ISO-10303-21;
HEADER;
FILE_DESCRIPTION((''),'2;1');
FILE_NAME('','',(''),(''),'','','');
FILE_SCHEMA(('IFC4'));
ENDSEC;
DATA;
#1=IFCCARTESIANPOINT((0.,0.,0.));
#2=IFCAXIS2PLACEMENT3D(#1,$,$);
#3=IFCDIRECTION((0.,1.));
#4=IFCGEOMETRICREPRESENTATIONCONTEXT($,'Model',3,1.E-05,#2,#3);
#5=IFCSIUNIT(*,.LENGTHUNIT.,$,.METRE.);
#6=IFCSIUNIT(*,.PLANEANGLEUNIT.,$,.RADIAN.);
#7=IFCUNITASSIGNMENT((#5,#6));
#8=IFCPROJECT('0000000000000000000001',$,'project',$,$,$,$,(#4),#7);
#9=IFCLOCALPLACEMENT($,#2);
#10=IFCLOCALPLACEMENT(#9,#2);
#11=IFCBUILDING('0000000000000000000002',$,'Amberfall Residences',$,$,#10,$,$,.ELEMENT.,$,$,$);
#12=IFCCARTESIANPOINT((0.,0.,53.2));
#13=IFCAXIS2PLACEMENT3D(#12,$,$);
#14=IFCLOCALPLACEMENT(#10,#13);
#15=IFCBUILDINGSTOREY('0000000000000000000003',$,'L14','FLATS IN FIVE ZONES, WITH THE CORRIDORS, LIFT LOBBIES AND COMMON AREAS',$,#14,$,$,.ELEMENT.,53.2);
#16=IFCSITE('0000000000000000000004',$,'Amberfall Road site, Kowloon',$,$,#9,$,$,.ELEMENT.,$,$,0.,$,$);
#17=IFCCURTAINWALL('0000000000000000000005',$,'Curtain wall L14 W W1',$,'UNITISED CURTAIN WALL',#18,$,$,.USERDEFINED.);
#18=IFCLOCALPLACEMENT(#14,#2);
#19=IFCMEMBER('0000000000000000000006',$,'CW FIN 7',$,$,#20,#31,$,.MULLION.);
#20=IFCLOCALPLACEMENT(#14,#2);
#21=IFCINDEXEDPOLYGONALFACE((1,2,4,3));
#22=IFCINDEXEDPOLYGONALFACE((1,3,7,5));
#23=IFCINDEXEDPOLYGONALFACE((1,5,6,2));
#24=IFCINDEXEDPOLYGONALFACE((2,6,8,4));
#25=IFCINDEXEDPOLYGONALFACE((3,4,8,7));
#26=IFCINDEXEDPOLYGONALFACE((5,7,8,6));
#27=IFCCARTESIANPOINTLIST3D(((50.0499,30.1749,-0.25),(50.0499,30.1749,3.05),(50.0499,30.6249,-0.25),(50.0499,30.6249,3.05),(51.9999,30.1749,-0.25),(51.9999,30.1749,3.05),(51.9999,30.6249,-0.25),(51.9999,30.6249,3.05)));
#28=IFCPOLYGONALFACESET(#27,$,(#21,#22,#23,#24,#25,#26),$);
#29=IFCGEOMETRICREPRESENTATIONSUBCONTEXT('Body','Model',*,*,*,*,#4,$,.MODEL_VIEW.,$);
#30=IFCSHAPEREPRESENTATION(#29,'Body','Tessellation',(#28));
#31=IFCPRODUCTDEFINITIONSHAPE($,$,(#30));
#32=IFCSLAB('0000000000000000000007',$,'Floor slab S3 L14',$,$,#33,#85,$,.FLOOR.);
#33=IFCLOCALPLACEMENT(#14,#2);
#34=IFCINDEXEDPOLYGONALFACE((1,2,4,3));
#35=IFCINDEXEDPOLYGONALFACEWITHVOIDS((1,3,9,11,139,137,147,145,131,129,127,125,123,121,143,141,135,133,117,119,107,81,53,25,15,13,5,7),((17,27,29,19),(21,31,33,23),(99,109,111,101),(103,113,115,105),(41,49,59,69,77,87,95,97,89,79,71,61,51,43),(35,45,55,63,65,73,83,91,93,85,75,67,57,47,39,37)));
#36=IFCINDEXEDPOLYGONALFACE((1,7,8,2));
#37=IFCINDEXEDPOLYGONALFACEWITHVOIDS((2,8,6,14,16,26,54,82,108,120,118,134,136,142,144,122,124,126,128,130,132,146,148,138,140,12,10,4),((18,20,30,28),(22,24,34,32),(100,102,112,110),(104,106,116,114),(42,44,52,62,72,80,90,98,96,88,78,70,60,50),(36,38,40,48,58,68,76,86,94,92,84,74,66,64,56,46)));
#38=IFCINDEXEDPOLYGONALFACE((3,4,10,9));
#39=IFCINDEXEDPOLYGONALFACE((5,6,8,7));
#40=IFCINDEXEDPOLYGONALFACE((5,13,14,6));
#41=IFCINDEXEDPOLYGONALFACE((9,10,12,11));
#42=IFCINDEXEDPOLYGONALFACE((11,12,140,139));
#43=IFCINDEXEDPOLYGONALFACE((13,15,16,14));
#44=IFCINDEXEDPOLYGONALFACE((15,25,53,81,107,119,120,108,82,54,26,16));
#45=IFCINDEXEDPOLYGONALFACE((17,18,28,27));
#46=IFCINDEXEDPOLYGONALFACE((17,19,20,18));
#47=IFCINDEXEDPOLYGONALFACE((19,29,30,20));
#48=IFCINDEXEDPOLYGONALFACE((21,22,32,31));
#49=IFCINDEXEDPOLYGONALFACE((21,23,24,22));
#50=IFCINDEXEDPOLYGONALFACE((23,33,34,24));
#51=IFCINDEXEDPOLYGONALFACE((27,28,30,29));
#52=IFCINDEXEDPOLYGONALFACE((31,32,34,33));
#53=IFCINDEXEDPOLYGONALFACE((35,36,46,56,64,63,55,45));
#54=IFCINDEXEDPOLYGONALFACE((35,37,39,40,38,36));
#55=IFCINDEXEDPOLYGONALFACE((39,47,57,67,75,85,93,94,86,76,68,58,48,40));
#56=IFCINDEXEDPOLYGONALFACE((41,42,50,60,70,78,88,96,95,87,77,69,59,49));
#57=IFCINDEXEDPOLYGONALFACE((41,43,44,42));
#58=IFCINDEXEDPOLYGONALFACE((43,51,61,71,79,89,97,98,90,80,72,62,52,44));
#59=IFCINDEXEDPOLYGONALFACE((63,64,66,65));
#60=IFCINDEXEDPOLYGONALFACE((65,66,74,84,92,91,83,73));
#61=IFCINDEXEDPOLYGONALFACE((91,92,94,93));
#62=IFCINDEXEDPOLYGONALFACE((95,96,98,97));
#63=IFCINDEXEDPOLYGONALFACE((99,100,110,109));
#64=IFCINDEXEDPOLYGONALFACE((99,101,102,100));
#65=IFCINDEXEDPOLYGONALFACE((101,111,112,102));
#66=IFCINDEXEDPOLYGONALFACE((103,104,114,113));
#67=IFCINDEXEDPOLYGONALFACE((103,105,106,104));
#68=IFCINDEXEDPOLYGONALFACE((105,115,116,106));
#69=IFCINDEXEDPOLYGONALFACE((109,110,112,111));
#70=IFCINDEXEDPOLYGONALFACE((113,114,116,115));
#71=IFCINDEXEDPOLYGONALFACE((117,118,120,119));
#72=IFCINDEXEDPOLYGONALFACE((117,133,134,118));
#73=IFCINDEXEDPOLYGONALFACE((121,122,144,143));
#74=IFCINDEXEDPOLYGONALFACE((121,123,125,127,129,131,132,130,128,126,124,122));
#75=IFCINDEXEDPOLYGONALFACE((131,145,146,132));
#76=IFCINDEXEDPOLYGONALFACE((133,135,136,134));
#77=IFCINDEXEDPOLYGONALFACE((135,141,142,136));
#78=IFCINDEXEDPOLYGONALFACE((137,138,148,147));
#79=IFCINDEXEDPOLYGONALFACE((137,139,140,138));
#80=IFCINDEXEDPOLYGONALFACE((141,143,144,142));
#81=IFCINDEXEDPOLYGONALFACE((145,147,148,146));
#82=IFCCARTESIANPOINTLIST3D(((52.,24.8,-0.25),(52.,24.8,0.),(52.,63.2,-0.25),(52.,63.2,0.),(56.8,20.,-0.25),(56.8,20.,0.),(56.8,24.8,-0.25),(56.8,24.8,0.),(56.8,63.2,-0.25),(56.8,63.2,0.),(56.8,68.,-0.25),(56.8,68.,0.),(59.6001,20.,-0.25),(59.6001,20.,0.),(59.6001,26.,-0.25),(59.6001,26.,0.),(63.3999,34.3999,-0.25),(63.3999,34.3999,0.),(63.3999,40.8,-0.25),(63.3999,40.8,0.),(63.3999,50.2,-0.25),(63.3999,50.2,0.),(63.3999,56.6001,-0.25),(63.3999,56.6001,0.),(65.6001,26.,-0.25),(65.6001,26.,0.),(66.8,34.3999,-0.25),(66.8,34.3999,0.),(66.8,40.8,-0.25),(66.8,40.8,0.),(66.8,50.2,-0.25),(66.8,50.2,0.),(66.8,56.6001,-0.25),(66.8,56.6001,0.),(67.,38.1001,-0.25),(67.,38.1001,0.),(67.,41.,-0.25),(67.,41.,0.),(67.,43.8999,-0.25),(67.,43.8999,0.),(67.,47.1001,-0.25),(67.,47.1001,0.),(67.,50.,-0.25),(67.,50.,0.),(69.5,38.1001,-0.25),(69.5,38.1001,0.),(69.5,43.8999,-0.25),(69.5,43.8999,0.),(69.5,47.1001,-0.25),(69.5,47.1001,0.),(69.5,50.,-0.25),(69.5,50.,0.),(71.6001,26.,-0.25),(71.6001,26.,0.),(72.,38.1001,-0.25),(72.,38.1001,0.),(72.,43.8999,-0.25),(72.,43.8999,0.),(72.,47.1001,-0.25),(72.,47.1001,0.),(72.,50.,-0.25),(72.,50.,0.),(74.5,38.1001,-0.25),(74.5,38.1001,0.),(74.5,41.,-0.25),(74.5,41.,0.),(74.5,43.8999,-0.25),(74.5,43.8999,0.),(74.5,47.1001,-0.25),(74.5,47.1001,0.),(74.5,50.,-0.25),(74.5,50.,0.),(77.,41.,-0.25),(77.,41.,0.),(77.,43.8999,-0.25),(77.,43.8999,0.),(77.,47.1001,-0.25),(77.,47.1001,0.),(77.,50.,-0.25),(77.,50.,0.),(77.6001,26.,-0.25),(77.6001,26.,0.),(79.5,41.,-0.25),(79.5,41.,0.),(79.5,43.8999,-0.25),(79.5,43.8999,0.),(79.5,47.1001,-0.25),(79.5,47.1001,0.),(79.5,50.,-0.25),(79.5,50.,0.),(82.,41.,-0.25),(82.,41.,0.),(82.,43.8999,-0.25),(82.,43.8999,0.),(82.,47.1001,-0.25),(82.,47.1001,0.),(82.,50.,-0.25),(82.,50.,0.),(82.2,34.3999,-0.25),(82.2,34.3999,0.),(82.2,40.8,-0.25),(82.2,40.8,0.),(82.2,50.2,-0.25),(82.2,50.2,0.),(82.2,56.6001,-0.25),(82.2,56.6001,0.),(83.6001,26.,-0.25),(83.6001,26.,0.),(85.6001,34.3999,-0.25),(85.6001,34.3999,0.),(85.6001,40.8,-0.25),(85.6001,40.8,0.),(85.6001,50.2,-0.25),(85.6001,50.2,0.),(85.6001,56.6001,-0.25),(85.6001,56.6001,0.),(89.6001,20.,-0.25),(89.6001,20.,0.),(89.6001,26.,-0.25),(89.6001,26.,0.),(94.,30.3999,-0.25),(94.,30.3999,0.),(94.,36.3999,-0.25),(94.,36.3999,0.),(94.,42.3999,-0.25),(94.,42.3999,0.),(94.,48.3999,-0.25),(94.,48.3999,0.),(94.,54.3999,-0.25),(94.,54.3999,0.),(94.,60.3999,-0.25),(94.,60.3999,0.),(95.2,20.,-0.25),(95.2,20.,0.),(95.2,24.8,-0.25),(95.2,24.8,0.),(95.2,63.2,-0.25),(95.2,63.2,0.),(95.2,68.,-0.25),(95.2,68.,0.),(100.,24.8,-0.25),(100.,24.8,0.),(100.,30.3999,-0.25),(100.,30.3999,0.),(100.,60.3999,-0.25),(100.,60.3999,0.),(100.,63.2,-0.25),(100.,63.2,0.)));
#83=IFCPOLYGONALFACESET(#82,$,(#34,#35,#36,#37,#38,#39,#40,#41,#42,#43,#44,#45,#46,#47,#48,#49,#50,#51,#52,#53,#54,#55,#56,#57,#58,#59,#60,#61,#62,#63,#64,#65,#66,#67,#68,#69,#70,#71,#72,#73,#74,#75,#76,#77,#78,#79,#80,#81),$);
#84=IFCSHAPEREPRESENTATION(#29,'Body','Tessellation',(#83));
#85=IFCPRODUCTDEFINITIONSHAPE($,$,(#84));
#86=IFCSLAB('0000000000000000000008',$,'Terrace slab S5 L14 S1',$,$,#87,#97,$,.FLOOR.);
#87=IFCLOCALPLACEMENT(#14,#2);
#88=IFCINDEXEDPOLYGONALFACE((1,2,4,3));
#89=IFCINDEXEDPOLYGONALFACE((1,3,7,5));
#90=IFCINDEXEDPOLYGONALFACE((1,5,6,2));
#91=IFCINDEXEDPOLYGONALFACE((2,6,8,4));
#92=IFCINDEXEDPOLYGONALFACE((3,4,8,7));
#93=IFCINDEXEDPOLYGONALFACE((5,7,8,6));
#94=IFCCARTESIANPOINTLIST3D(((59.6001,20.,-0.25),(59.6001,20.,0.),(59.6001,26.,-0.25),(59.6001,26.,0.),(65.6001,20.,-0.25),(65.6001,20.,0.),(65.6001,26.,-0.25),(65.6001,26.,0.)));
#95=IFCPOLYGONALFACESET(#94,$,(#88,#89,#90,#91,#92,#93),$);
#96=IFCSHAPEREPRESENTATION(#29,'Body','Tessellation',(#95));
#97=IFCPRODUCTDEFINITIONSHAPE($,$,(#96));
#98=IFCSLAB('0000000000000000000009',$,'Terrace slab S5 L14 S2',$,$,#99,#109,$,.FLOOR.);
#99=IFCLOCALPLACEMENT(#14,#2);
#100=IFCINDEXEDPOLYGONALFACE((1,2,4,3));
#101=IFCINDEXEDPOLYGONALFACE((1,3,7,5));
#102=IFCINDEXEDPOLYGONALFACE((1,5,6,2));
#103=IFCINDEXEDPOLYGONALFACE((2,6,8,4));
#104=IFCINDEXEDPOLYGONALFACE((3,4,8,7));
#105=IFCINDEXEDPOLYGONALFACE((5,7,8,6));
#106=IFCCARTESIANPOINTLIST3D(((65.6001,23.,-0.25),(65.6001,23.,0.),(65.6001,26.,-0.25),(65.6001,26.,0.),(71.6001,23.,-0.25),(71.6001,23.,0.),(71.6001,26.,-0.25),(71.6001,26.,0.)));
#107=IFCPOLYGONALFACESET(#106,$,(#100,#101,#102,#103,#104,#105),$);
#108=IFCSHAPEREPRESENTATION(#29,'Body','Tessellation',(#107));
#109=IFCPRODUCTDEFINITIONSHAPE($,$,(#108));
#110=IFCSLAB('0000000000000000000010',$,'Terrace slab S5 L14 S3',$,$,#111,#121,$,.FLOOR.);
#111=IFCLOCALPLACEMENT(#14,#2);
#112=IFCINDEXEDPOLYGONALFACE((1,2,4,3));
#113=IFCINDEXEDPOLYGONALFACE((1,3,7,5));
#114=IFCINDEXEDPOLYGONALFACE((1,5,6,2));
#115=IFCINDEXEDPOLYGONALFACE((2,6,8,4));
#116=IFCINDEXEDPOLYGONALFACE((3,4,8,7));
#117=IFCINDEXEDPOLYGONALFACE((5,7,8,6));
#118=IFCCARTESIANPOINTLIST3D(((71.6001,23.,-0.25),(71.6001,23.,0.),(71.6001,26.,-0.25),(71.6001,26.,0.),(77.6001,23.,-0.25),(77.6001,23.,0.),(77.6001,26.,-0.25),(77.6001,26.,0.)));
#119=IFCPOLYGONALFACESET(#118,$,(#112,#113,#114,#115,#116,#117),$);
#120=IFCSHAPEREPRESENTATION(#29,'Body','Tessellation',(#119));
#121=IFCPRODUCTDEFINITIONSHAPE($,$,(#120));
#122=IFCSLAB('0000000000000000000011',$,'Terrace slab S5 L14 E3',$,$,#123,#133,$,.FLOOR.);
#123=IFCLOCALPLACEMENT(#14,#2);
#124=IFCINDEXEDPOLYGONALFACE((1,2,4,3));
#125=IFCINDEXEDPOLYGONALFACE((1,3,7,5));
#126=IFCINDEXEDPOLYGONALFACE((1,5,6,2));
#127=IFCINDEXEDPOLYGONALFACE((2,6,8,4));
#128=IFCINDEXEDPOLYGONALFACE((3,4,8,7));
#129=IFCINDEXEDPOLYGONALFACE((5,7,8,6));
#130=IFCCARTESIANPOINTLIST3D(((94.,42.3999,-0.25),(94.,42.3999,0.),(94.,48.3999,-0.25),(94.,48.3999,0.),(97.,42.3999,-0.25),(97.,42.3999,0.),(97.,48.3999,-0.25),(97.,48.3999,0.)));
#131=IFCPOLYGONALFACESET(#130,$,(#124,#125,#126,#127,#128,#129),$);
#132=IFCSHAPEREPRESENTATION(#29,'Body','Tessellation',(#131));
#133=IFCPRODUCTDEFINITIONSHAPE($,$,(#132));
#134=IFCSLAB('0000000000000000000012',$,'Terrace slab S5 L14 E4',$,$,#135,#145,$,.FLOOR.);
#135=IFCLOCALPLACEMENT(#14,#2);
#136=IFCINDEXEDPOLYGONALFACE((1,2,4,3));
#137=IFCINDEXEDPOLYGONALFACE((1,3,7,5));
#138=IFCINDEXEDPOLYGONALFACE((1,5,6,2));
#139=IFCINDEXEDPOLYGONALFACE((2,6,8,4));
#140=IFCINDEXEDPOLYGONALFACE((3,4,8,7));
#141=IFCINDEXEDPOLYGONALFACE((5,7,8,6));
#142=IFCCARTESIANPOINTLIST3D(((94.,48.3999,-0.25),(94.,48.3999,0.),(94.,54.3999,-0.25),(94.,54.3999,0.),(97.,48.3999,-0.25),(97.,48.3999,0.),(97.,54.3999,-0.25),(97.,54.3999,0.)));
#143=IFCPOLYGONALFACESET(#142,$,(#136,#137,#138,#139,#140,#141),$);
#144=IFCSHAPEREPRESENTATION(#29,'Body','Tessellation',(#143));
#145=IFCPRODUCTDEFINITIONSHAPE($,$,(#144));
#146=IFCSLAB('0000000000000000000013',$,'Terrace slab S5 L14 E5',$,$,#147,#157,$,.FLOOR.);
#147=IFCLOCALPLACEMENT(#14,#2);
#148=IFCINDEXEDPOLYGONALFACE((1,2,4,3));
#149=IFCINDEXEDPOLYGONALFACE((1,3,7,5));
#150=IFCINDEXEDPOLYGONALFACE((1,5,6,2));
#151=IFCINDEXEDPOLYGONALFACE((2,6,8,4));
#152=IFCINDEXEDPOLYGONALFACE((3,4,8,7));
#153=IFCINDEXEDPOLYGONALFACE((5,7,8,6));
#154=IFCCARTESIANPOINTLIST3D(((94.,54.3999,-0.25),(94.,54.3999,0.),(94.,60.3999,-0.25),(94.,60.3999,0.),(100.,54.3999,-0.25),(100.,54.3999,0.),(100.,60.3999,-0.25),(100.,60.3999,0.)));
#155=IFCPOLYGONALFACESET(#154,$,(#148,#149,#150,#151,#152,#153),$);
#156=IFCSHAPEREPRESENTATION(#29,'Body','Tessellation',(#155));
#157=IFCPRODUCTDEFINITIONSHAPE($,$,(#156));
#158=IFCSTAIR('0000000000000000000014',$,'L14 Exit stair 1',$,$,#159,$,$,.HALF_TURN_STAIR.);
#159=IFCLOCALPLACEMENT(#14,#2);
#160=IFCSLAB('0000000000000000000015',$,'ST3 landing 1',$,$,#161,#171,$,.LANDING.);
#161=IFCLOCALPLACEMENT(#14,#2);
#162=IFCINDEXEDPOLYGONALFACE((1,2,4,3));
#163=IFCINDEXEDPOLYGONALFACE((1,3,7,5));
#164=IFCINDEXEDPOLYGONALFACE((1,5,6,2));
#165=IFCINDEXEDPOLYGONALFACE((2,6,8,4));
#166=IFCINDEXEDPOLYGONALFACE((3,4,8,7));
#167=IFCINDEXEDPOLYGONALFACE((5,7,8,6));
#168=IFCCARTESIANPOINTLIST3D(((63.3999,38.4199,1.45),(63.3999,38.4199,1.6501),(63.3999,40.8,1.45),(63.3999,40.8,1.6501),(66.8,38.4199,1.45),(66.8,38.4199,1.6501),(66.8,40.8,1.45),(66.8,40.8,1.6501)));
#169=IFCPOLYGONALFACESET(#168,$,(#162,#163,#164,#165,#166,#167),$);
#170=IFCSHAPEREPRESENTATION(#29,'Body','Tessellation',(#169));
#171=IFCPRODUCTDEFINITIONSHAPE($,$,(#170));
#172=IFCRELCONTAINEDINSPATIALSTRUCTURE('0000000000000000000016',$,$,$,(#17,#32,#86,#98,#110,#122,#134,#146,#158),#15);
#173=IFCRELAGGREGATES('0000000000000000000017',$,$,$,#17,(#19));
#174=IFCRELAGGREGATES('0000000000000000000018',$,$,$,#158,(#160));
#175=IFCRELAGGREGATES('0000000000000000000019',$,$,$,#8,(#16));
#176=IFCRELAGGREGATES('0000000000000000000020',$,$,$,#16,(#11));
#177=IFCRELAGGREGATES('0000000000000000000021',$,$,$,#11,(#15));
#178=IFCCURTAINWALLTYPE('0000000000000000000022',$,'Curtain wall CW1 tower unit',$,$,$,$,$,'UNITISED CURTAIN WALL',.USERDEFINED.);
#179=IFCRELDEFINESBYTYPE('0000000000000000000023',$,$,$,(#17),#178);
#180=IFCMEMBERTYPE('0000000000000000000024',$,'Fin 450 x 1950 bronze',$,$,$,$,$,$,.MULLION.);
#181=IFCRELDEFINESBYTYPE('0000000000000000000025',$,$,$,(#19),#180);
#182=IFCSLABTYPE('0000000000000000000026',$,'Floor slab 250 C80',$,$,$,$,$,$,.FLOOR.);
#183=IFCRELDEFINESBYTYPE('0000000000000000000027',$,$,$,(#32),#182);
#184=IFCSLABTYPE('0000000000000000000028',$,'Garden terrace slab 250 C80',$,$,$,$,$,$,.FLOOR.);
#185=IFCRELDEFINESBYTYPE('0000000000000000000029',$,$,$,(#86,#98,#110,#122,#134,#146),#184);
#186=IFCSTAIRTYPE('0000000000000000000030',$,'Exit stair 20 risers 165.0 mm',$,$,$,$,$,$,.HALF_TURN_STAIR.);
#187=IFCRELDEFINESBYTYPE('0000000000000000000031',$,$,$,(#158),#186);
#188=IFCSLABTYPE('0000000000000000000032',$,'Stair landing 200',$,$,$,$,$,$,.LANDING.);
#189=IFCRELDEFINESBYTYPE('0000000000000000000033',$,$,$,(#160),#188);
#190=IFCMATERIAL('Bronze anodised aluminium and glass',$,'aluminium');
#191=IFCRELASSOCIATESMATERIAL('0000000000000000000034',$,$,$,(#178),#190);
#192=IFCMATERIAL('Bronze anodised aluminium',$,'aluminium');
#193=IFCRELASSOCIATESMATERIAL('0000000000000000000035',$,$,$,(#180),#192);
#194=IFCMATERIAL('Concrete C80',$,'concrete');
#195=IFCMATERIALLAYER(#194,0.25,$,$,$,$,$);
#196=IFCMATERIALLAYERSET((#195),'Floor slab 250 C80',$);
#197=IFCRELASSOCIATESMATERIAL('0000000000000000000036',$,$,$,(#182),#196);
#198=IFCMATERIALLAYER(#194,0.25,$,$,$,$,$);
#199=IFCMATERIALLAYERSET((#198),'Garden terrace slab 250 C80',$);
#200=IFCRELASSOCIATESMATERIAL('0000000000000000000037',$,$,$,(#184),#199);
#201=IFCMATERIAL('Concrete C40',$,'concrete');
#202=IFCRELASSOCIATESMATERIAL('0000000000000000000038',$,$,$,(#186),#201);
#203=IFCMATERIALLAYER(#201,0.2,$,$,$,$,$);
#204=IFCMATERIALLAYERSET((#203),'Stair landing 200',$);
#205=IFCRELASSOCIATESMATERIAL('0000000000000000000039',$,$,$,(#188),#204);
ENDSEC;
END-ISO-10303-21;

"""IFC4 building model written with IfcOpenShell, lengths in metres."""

from ifc_helpers import new_model, si_unit, direction, frame, origin, origin_2d, place, context, subcontext, project, spatial, polyline, rectangle, outline, extrude, material, layer, layer_set, material_profile, profile_set, type_object, element, aggregate, save


model = new_model("IFC4")

# Units and contexts
model_context = context("Model", 3, precision=1e-05, world=origin(), true_north=direction((0.0, 1.0)))
body_context = subcontext(model_context, "Body", "Model", "MODEL_VIEW")
ifc_project = project(units=[si_unit("LENGTHUNIT", "METRE"), si_unit("PLANEANGLEUNIT", "RADIAN")], contexts=[model_context])

# Site, building, storey
site_placement = place(None, origin())
site = spatial("IfcSite", under=ifc_project, at=site_placement, Name="Amberfall Road site, Kowloon", CompositionType="ELEMENT", RefElevation=0.0)
building_placement = place(site_placement, origin())
building = spatial("IfcBuilding", under=site, at=building_placement, Name="Amberfall Residences", CompositionType="ELEMENT")
storey_placement = place(building_placement, frame((0.0, 0.0, 53.2)))
storey = spatial("IfcBuildingStorey", under=building, at=storey_placement, Name="L14", Description="FLATS IN FIVE ZONES, WITH THE CORRIDORS, LIFT LOBBIES AND COMMON AREAS", CompositionType="ELEMENT", Elevation=53.2)

# Curtain wall, member
ifc_material_1 = material(Name="Bronze anodised aluminium and glass", Category="aluminium")
curtain_wall_type = type_object("IfcCurtainWallType", Name="Curtain wall CW1 tower unit", ElementType="UNITISED CURTAIN WALL", PredefinedType="USERDEFINED", material=ifc_material_1)
curtain_wall_placement = place(storey_placement, origin())
curtain_wall = element("IfcCurtainWall", 1, at=curtain_wall_placement, inside=storey, type_object=curtain_wall_type, Name="Curtain wall L14 W W1", ObjectType="UNITISED CURTAIN WALL", PredefinedType="USERDEFINED")
ifc_material_2 = material(Name="Bronze anodised aluminium", Category="aluminium")
ifc_material_profile = material_profile(ifc_material_2, rectangle(XDim=1.95, YDim=0.45, at=origin_2d()), Name="Fin 450 x 1950 bronze")
ifc_profile_set = profile_set([ifc_material_profile], Name="Bronze anodised aluminium")
member_type = type_object("IfcMemberType", Name="Fin 450 x 1950 bronze", PredefinedType="MULLION", material=ifc_profile_set)
member_placement = place(storey_placement, frame((51.0249, 30.3999, -0.25), z_axis=(0.0, 0.0, 1.0), x_axis=(1.0, 0.0, 0.0)))
member = element("IfcMember", 2, at=member_placement, type_object=member_type, Name="CW FIN 7", PredefinedType="MULLION", context=body_context, shape_type="SweptSolid", body=[
    extrude(rectangle(XDim=1.95, YDim=0.45, at=origin_2d()), origin(), (0.0, 0.0, 1.0), 3.3),
])
aggregate(curtain_wall, [member])

# Slabs
ifc_material_3 = material(Name="Concrete C80", Category="concrete")
ifc_layer_1 = layer(ifc_material_3, 0.25)
ifc_layer_set_1 = layer_set([ifc_layer_1], Name="Floor slab 250 C80")
slab_type_1 = type_object("IfcSlabType", Name="Floor slab 250 C80", PredefinedType="FLOOR", material=ifc_layer_set_1)
slab_1_placement = place(storey_placement, frame((0.0, 0.0, -0.25)))
element("IfcSlab", 3, at=slab_1_placement, inside=storey, type_object=slab_type_1, Name="Floor slab S3 L14", PredefinedType="FLOOR", context=body_context, shape_type="SweptSolid", body=[
    extrude(outline(polyline([(89.6001, 20.0), (89.6001, 26.0), (83.6001, 26.0), (77.6001, 26.0), (71.6001, 26.0), (65.6001, 26.0), (59.6001, 26.0), (59.6001, 20.0), (56.8, 20.0), (56.8, 24.8), (52.0, 24.8), (52.0, 63.2), (56.8, 63.2), (56.8, 68.0), (95.2, 68.0), (95.2, 63.2), (100.0, 63.2), (100.0, 60.3999), (94.0, 60.3999), (94.0, 54.3999), (94.0, 48.3999), (94.0, 42.3999), (94.0, 36.3999), (94.0, 30.3999), (100.0, 30.3999), (100.0, 24.8), (95.2, 24.8), (95.2, 20.0), (89.6001, 20.0)]), holes=[polyline([(85.6001, 34.3999), (85.6001, 40.8), (82.2, 40.8), (82.2, 34.3999), (85.6001, 34.3999)]), polyline([(82.2, 50.2), (85.6001, 50.2), (85.6001, 56.6001), (82.2, 56.6001), (82.2, 50.2)]), polyline([(69.5, 50.0), (67.0, 50.0), (67.0, 47.1001), (69.5, 47.1001), (72.0, 47.1001), (74.5, 47.1001), (77.0, 47.1001), (79.5, 47.1001), (82.0, 47.1001), (82.0, 50.0), (79.5, 50.0), (77.0, 50.0), (74.5, 50.0), (72.0, 50.0), (69.5, 50.0)]), polyline([(74.5, 41.0), (77.0, 41.0), (79.5, 41.0), (82.0, 41.0), (82.0, 43.8999), (79.5, 43.8999), (77.0, 43.8999), (74.5, 43.8999), (72.0, 43.8999), (69.5, 43.8999), (67.0, 43.8999), (67.0, 41.0), (67.0, 38.1001), (69.5, 38.1001), (72.0, 38.1001), (74.5, 38.1001), (74.5, 41.0)]), polyline([(66.8, 34.3999), (66.8, 40.8), (63.3999, 40.8), (63.3999, 34.3999), (66.8, 34.3999)]), polyline([(66.8, 50.2), (66.8, 56.6001), (63.3999, 56.6001), (63.3999, 50.2), (66.8, 50.2)])]), origin(), (0.0, 0.0, 1.0), 0.25),
])
ifc_layer_2 = layer(ifc_material_3, 0.25)
ifc_layer_set_2 = layer_set([ifc_layer_2], Name="Garden terrace slab 250 C80")
slab_type_2 = type_object("IfcSlabType", Name="Garden terrace slab 250 C80", PredefinedType="FLOOR", material=ifc_layer_set_2)
slab_2_placement = place(storey_placement, frame((0.0, 0.0, -0.25)))
element("IfcSlab", 4, at=slab_2_placement, inside=storey, type_object=slab_type_2, Name="Terrace slab S5 L14 S1", PredefinedType="FLOOR", context=body_context, shape_type="SweptSolid", body=[
    extrude(outline(polyline([(65.6001, 20.0), (65.6001, 26.0), (59.6001, 26.0), (59.6001, 20.0), (65.6001, 20.0)])), origin(), (0.0, 0.0, 1.0), 0.25),
])
slab_3_placement = place(storey_placement, frame((0.0, 0.0, -0.25)))
element("IfcSlab", 5, at=slab_3_placement, inside=storey, type_object=slab_type_2, Name="Terrace slab S5 L14 S2", PredefinedType="FLOOR", context=body_context, shape_type="SweptSolid", body=[
    extrude(outline(polyline([(65.6001, 26.0), (71.6001, 26.0), (71.6001, 23.0), (65.6001, 23.0), (65.6001, 26.0)])), origin(), (0.0, 0.0, 1.0), 0.25),
])
slab_4_placement = place(storey_placement, frame((0.0, 0.0, -0.25)))
element("IfcSlab", 6, at=slab_4_placement, inside=storey, type_object=slab_type_2, Name="Terrace slab S5 L14 S3", PredefinedType="FLOOR", context=body_context, shape_type="SweptSolid", body=[
    extrude(outline(polyline([(71.6001, 26.0), (77.6001, 26.0), (77.6001, 23.0), (71.6001, 23.0), (71.6001, 26.0)])), origin(), (0.0, 0.0, 1.0), 0.25),
])
slab_5_placement = place(storey_placement, frame((0.0, 0.0, -0.25)))
element("IfcSlab", 7, at=slab_5_placement, inside=storey, type_object=slab_type_2, Name="Terrace slab S5 L14 E3", PredefinedType="FLOOR", context=body_context, shape_type="SweptSolid", body=[
    extrude(outline(polyline([(94.0, 42.3999), (94.0, 48.3999), (97.0, 48.3999), (97.0, 42.3999), (94.0, 42.3999)])), origin(), (0.0, 0.0, 1.0), 0.25),
])
slab_6_placement = place(storey_placement, frame((0.0, 0.0, -0.25)))
element("IfcSlab", 8, at=slab_6_placement, inside=storey, type_object=slab_type_2, Name="Terrace slab S5 L14 E4", PredefinedType="FLOOR", context=body_context, shape_type="SweptSolid", body=[
    extrude(outline(polyline([(94.0, 48.3999), (94.0, 54.3999), (97.0, 54.3999), (97.0, 48.3999), (94.0, 48.3999)])), origin(), (0.0, 0.0, 1.0), 0.25),
])
slab_7_placement = place(storey_placement, frame((0.0, 0.0, -0.25)))
element("IfcSlab", 9, at=slab_7_placement, inside=storey, type_object=slab_type_2, Name="Terrace slab S5 L14 E5", PredefinedType="FLOOR", context=body_context, shape_type="SweptSolid", body=[
    extrude(outline(polyline([(100.0, 54.3999), (100.0, 60.3999), (94.0, 60.3999), (94.0, 54.3999), (100.0, 54.3999)])), origin(), (0.0, 0.0, 1.0), 0.25),
])

# Stair, slab
ifc_material_4 = material(Name="Concrete C40", Category="concrete")
stair_type = type_object("IfcStairType", Name="Exit stair 20 risers 165.0 mm", PredefinedType="HALF_TURN_STAIR", material=ifc_material_4)
stair_1_placement = place(storey_placement, origin())
stair_1 = element("IfcStair", 10, at=stair_1_placement, inside=storey, type_object=stair_type, Name="L14 Exit stair 1", PredefinedType="HALF_TURN_STAIR")
ifc_layer_3 = layer(ifc_material_4, 0.2)
ifc_layer_set_3 = layer_set([ifc_layer_3], Name="Stair landing 200")
slab_type_3 = type_object("IfcSlabType", Name="Stair landing 200", PredefinedType="LANDING", material=ifc_layer_set_3)
slab_8_placement = place(storey_placement, frame((0.0, 0.0, 1.45)))
slab_8 = element("IfcSlab", 11, at=slab_8_placement, type_object=slab_type_3, Name="ST3 landing 1", PredefinedType="LANDING", context=body_context, shape_type="SweptSolid", body=[
    extrude(outline(polyline([(66.8, 38.4199), (66.8, 40.8), (63.3999, 40.8), (63.3999, 38.4199), (66.8, 38.4199)])), origin(), (0.0, 0.0, 1.0), 0.2002),
])
aggregate(stair_1, [slab_8])

save(model, "model.ifc")
